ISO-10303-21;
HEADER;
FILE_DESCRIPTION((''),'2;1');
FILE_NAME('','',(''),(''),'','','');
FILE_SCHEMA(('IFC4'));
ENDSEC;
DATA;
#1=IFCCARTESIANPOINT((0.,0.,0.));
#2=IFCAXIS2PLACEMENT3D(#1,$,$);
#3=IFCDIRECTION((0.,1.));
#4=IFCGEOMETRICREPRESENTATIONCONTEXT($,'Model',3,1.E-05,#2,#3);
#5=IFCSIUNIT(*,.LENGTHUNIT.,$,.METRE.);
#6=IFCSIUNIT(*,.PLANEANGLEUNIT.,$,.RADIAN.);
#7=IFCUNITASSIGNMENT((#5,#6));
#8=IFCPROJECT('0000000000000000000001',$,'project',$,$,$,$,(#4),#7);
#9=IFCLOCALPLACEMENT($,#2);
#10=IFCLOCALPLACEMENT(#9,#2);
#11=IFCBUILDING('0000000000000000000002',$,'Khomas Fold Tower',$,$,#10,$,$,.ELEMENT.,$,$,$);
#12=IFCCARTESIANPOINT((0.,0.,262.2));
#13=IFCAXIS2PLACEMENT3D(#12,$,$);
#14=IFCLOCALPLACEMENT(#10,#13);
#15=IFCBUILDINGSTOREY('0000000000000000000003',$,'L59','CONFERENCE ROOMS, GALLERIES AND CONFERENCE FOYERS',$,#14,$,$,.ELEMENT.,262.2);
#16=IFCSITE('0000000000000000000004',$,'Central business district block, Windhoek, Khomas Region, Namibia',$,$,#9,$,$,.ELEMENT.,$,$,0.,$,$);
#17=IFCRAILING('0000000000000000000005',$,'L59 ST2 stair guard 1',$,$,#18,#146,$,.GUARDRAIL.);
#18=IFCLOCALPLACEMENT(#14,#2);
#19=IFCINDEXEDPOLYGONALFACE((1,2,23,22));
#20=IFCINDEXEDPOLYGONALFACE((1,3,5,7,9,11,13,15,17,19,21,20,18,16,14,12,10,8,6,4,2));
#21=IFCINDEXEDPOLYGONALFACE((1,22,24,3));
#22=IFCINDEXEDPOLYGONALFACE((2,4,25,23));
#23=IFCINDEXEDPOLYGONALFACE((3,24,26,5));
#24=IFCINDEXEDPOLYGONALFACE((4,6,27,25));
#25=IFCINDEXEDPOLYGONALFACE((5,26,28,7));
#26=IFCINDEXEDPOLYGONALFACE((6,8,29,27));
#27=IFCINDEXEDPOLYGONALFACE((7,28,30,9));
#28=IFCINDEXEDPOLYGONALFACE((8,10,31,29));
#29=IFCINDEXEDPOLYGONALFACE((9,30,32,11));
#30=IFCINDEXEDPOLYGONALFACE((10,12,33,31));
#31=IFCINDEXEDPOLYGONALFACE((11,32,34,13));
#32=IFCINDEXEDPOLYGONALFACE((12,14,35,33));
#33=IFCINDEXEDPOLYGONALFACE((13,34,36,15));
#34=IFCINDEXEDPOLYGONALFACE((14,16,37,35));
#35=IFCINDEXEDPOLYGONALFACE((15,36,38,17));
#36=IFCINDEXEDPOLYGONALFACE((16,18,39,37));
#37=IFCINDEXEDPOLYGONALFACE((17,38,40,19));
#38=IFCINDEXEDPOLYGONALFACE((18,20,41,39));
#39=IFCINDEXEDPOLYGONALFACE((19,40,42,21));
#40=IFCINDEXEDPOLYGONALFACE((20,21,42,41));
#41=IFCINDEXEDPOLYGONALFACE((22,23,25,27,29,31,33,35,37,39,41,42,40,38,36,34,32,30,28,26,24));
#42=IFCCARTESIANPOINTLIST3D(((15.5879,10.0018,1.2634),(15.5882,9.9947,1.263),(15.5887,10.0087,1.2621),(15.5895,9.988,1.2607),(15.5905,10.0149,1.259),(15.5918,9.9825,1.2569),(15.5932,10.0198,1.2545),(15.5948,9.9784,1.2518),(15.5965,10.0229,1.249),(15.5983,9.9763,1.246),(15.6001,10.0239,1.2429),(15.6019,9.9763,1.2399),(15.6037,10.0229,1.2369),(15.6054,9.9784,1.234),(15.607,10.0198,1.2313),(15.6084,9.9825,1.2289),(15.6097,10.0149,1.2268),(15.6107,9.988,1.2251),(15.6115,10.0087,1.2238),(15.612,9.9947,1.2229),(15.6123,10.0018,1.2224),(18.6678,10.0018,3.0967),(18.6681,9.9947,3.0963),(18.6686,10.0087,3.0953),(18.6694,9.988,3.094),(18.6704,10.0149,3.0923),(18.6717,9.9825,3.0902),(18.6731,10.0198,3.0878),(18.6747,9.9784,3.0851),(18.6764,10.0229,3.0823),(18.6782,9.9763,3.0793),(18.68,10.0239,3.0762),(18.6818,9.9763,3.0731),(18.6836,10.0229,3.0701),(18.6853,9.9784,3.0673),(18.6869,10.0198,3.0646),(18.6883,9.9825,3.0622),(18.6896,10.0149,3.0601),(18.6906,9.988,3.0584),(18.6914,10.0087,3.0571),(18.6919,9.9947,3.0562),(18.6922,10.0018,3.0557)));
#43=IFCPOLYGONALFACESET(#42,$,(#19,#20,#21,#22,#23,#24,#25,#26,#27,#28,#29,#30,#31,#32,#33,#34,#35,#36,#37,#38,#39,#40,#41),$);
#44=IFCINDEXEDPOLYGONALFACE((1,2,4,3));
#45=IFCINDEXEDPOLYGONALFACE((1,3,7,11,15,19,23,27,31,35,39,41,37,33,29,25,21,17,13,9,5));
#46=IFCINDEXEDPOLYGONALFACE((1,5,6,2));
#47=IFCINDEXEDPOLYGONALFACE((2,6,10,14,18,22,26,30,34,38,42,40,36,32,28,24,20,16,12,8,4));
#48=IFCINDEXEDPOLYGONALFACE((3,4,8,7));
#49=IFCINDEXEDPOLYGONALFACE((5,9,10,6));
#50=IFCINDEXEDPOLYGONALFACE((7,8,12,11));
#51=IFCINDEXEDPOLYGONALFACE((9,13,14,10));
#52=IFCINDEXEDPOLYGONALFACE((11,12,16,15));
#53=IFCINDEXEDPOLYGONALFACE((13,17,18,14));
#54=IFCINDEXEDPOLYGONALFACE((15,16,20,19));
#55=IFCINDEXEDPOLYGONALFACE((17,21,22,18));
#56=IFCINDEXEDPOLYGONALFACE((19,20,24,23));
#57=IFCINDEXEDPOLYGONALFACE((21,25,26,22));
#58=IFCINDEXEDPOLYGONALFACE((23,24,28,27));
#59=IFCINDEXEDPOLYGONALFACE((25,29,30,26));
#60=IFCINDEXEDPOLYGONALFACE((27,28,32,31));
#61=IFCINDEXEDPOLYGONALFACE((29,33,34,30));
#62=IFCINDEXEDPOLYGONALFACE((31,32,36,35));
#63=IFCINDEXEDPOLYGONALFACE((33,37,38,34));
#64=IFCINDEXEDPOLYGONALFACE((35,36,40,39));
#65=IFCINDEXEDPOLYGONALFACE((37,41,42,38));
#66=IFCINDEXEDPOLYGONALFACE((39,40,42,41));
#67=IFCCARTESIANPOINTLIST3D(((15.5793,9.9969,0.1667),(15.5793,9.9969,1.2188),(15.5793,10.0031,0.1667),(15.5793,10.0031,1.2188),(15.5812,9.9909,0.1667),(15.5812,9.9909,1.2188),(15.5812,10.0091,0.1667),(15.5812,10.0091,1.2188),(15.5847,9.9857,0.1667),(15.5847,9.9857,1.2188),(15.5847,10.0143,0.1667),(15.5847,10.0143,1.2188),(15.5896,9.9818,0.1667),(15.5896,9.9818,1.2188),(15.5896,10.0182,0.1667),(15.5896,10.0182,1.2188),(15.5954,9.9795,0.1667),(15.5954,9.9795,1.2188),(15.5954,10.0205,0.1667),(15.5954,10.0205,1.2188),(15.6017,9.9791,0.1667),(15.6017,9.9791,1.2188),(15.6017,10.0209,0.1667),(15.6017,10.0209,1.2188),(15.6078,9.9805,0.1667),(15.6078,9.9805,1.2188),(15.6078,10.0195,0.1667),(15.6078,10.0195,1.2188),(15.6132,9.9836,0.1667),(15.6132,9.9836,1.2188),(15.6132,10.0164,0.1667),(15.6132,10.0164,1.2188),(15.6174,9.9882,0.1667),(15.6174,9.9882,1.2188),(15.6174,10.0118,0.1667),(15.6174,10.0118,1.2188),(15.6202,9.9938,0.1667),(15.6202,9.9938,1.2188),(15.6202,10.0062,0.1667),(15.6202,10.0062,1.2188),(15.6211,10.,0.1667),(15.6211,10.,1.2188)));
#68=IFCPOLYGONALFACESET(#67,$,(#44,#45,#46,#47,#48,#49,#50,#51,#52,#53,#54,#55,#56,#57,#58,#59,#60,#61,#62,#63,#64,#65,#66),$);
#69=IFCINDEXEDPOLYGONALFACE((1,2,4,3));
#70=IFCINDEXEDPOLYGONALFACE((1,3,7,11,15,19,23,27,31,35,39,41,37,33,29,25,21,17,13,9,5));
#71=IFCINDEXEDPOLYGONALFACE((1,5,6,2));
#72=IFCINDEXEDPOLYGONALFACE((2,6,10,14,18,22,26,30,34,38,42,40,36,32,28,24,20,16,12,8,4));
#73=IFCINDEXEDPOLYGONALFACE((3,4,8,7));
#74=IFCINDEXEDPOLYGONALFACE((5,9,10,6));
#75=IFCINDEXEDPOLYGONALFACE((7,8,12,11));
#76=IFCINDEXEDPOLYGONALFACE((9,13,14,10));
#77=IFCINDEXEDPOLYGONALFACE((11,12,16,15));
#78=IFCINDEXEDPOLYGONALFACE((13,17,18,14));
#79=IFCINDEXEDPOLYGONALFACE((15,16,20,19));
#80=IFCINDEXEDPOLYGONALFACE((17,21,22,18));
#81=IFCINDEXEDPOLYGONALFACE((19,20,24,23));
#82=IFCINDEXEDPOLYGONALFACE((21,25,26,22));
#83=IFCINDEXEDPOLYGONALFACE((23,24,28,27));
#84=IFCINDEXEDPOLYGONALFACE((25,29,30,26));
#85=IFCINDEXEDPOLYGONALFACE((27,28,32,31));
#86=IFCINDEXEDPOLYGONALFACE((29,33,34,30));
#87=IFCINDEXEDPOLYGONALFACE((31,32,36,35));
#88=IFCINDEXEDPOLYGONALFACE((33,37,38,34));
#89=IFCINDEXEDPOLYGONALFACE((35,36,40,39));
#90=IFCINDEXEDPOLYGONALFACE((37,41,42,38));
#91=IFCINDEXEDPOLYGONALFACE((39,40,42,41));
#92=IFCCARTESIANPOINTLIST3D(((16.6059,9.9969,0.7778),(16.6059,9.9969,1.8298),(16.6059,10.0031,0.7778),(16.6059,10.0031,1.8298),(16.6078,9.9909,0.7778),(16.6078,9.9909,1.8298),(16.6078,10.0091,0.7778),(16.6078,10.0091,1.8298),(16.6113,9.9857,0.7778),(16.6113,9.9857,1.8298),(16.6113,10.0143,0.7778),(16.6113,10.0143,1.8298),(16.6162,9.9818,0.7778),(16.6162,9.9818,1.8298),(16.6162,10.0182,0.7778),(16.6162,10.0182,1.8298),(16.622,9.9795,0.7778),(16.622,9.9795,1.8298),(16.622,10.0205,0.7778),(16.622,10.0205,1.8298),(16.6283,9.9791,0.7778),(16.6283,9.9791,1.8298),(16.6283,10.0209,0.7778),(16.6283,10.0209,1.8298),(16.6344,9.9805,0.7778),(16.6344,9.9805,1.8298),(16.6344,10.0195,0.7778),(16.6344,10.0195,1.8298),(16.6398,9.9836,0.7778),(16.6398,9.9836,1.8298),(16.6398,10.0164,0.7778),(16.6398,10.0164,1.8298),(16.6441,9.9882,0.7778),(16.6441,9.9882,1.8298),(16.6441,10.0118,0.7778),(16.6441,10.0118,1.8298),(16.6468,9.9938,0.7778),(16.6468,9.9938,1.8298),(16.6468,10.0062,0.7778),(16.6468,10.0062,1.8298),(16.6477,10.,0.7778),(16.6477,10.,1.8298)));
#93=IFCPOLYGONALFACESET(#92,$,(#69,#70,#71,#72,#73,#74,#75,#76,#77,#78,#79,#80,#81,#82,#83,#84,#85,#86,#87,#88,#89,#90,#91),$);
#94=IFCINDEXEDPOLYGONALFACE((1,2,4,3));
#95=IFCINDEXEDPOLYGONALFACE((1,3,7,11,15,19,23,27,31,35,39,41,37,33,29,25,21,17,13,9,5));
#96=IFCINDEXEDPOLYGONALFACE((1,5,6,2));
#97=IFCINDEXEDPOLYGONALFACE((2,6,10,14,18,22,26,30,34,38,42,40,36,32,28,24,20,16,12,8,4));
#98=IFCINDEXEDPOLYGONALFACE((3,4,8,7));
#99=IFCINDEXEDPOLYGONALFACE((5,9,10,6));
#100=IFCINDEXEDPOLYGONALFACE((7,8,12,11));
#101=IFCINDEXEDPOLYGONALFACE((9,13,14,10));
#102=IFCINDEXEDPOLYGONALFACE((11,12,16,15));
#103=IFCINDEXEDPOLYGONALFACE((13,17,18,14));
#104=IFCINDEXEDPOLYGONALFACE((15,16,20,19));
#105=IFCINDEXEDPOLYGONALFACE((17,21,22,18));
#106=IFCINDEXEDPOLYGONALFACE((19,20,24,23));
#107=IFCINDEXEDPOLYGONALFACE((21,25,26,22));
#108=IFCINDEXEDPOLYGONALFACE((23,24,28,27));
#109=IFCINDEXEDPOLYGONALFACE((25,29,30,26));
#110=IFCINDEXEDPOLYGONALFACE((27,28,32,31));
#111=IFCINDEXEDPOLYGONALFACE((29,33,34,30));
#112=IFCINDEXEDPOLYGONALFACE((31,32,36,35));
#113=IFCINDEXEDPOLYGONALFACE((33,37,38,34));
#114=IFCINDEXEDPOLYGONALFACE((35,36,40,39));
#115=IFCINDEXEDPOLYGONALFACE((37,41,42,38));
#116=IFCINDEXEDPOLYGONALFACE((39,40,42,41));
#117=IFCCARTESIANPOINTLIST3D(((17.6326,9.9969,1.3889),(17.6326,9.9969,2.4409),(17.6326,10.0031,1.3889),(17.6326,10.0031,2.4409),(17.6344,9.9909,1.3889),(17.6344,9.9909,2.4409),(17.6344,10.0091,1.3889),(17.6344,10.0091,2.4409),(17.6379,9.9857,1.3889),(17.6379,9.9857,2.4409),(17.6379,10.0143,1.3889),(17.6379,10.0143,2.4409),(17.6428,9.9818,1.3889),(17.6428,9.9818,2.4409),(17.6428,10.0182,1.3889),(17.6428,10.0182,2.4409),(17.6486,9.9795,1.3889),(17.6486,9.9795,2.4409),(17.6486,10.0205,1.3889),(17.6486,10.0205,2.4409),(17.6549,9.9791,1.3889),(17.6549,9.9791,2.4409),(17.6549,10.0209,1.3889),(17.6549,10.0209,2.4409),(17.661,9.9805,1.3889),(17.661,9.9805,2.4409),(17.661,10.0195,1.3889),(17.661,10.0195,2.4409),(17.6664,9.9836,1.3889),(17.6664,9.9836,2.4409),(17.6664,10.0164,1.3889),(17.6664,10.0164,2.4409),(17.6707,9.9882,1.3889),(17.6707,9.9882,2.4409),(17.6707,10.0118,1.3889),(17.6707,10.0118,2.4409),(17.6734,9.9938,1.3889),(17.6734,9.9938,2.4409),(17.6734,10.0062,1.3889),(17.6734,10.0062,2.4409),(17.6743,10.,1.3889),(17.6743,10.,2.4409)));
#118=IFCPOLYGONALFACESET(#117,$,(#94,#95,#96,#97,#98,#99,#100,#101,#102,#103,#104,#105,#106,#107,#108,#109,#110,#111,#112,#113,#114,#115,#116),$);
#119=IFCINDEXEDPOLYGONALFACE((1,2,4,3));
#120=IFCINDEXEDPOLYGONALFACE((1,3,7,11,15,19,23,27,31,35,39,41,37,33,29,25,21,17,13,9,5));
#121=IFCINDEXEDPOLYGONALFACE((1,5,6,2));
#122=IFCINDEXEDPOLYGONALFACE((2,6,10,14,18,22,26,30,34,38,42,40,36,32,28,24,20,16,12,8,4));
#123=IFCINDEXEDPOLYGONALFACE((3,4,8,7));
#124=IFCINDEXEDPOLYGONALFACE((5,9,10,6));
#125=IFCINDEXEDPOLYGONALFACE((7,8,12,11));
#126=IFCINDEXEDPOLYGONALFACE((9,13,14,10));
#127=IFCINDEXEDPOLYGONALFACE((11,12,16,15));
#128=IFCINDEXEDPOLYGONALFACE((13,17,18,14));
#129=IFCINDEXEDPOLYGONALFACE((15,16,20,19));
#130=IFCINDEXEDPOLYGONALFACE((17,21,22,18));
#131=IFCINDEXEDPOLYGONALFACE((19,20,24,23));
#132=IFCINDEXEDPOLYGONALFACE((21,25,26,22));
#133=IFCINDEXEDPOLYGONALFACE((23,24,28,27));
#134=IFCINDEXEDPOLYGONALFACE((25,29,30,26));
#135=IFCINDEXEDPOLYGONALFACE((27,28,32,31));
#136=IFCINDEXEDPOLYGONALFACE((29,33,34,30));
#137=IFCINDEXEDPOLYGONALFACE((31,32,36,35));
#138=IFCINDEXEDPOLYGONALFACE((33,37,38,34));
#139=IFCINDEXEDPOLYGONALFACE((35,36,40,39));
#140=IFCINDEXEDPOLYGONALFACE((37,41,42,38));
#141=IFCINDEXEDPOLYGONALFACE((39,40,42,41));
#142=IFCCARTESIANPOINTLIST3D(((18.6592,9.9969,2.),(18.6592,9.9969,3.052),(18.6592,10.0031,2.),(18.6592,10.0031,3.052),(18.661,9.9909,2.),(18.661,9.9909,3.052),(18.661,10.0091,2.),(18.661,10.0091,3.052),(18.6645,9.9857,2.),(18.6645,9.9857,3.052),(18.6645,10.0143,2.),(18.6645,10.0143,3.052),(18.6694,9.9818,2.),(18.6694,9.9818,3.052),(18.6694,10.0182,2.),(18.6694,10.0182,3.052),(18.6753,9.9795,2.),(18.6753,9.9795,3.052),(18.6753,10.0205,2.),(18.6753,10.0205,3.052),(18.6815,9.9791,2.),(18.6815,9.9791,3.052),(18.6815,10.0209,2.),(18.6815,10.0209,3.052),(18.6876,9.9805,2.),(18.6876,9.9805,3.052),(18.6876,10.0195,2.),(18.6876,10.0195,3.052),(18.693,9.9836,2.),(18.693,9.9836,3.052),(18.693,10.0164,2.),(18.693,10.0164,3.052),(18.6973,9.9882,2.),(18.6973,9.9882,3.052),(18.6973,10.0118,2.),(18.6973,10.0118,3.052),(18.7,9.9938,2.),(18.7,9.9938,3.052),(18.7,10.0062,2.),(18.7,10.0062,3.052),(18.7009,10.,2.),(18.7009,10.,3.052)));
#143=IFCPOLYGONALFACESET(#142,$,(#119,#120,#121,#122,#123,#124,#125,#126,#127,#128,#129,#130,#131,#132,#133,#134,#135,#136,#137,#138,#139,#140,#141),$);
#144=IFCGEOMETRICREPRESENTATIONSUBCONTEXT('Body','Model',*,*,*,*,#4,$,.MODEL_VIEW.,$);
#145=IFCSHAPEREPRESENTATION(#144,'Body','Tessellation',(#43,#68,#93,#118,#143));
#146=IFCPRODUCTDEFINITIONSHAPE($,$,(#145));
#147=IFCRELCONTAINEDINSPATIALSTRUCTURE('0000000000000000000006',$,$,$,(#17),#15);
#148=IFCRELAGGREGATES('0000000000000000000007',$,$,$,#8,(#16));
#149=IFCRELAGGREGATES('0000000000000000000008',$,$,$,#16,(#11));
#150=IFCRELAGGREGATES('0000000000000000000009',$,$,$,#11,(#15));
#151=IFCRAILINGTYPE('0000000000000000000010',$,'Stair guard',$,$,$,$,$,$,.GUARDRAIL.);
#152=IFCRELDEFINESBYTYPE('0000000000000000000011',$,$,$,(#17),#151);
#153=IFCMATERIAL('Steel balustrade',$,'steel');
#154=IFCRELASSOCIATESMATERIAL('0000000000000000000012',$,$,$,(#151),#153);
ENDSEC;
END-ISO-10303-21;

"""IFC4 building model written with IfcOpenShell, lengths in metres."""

from ifc_helpers import new_model, si_unit, direction, frame, origin, origin_2d, place, context, subcontext, project, spatial, circle, extrude, source, transform, mapped, material, type_object, element, save


model = new_model("IFC4")

# Units and contexts
model_context = context("Model", 3, precision=1e-05, world=origin(), true_north=direction((0.0, 1.0)))
body_context = subcontext(model_context, "Body", "Model", "MODEL_VIEW")
ifc_project = project(units=[si_unit("LENGTHUNIT", "METRE"), si_unit("PLANEANGLEUNIT", "RADIAN")], contexts=[model_context])

# Site, building, storey
site_placement = place(None, origin())
site = spatial("IfcSite", under=ifc_project, at=site_placement, Name="Central business district block, Windhoek, Khomas Region, Namibia", CompositionType="ELEMENT", RefElevation=0.0)
building_placement = place(site_placement, origin())
building = spatial("IfcBuilding", under=site, at=building_placement, Name="Khomas Fold Tower", CompositionType="ELEMENT")
storey_placement = place(building_placement, frame((0.0, 0.0, 262.2)))
storey = spatial("IfcBuildingStorey", under=building, at=storey_placement, Name="L59", Description="CONFERENCE ROOMS, GALLERIES AND CONFERENCE FOYERS", CompositionType="ELEMENT", Elevation=262.2)

# Railing
ifc_material_1 = material(Name="Steel balustrade", Category="steel")
railing_type_1 = type_object("IfcRailingType", Name="Stair guard", PredefinedType="GUARDRAIL", material=ifc_material_1)
shared_shape_1 = source(origin(), body_context, "Body", "SweptSolid", [
    extrude(circle(Radius=0.0239, at=origin_2d()), frame((0.0, 0.0, 1.0762), z_axis=(0.859291, 0.0, 0.511487), x_axis=(0.0, 1.0, 0.0)), (0.0, 0.0, 1.0), 3.5842),
    extrude(circle(Radius=0.021, at=origin_2d()), origin(), (0.0, 0.0, 1.0), 1.052),
    extrude(circle(Radius=0.021, at=origin_2d()), frame((1.0266, 0.0, 0.6111)), (0.0, 0.0, 1.0), 1.052),
    extrude(circle(Radius=0.021, at=origin_2d()), frame((2.0532, 0.0, 1.2222)), (0.0, 0.0, 1.0), 1.052),
    extrude(circle(Radius=0.021, at=origin_2d()), frame((3.0798, 0.0, 1.8333)), (0.0, 0.0, 1.0), 1.052),
])
railing_1_placement = place(storey_placement, frame((15.6001, 10.0, 0.1667)))
element("IfcRailing", 1, at=railing_1_placement, inside=storey, type_object=railing_type_1, Name="L59 ST2 stair guard 1", PredefinedType="GUARDRAIL", context=body_context, shape_type="MappedRepresentation", body=[
    mapped(shared_shape_1, transform((0.0, 0.0, 0.0))),
])

save(model, "model.ifc")
